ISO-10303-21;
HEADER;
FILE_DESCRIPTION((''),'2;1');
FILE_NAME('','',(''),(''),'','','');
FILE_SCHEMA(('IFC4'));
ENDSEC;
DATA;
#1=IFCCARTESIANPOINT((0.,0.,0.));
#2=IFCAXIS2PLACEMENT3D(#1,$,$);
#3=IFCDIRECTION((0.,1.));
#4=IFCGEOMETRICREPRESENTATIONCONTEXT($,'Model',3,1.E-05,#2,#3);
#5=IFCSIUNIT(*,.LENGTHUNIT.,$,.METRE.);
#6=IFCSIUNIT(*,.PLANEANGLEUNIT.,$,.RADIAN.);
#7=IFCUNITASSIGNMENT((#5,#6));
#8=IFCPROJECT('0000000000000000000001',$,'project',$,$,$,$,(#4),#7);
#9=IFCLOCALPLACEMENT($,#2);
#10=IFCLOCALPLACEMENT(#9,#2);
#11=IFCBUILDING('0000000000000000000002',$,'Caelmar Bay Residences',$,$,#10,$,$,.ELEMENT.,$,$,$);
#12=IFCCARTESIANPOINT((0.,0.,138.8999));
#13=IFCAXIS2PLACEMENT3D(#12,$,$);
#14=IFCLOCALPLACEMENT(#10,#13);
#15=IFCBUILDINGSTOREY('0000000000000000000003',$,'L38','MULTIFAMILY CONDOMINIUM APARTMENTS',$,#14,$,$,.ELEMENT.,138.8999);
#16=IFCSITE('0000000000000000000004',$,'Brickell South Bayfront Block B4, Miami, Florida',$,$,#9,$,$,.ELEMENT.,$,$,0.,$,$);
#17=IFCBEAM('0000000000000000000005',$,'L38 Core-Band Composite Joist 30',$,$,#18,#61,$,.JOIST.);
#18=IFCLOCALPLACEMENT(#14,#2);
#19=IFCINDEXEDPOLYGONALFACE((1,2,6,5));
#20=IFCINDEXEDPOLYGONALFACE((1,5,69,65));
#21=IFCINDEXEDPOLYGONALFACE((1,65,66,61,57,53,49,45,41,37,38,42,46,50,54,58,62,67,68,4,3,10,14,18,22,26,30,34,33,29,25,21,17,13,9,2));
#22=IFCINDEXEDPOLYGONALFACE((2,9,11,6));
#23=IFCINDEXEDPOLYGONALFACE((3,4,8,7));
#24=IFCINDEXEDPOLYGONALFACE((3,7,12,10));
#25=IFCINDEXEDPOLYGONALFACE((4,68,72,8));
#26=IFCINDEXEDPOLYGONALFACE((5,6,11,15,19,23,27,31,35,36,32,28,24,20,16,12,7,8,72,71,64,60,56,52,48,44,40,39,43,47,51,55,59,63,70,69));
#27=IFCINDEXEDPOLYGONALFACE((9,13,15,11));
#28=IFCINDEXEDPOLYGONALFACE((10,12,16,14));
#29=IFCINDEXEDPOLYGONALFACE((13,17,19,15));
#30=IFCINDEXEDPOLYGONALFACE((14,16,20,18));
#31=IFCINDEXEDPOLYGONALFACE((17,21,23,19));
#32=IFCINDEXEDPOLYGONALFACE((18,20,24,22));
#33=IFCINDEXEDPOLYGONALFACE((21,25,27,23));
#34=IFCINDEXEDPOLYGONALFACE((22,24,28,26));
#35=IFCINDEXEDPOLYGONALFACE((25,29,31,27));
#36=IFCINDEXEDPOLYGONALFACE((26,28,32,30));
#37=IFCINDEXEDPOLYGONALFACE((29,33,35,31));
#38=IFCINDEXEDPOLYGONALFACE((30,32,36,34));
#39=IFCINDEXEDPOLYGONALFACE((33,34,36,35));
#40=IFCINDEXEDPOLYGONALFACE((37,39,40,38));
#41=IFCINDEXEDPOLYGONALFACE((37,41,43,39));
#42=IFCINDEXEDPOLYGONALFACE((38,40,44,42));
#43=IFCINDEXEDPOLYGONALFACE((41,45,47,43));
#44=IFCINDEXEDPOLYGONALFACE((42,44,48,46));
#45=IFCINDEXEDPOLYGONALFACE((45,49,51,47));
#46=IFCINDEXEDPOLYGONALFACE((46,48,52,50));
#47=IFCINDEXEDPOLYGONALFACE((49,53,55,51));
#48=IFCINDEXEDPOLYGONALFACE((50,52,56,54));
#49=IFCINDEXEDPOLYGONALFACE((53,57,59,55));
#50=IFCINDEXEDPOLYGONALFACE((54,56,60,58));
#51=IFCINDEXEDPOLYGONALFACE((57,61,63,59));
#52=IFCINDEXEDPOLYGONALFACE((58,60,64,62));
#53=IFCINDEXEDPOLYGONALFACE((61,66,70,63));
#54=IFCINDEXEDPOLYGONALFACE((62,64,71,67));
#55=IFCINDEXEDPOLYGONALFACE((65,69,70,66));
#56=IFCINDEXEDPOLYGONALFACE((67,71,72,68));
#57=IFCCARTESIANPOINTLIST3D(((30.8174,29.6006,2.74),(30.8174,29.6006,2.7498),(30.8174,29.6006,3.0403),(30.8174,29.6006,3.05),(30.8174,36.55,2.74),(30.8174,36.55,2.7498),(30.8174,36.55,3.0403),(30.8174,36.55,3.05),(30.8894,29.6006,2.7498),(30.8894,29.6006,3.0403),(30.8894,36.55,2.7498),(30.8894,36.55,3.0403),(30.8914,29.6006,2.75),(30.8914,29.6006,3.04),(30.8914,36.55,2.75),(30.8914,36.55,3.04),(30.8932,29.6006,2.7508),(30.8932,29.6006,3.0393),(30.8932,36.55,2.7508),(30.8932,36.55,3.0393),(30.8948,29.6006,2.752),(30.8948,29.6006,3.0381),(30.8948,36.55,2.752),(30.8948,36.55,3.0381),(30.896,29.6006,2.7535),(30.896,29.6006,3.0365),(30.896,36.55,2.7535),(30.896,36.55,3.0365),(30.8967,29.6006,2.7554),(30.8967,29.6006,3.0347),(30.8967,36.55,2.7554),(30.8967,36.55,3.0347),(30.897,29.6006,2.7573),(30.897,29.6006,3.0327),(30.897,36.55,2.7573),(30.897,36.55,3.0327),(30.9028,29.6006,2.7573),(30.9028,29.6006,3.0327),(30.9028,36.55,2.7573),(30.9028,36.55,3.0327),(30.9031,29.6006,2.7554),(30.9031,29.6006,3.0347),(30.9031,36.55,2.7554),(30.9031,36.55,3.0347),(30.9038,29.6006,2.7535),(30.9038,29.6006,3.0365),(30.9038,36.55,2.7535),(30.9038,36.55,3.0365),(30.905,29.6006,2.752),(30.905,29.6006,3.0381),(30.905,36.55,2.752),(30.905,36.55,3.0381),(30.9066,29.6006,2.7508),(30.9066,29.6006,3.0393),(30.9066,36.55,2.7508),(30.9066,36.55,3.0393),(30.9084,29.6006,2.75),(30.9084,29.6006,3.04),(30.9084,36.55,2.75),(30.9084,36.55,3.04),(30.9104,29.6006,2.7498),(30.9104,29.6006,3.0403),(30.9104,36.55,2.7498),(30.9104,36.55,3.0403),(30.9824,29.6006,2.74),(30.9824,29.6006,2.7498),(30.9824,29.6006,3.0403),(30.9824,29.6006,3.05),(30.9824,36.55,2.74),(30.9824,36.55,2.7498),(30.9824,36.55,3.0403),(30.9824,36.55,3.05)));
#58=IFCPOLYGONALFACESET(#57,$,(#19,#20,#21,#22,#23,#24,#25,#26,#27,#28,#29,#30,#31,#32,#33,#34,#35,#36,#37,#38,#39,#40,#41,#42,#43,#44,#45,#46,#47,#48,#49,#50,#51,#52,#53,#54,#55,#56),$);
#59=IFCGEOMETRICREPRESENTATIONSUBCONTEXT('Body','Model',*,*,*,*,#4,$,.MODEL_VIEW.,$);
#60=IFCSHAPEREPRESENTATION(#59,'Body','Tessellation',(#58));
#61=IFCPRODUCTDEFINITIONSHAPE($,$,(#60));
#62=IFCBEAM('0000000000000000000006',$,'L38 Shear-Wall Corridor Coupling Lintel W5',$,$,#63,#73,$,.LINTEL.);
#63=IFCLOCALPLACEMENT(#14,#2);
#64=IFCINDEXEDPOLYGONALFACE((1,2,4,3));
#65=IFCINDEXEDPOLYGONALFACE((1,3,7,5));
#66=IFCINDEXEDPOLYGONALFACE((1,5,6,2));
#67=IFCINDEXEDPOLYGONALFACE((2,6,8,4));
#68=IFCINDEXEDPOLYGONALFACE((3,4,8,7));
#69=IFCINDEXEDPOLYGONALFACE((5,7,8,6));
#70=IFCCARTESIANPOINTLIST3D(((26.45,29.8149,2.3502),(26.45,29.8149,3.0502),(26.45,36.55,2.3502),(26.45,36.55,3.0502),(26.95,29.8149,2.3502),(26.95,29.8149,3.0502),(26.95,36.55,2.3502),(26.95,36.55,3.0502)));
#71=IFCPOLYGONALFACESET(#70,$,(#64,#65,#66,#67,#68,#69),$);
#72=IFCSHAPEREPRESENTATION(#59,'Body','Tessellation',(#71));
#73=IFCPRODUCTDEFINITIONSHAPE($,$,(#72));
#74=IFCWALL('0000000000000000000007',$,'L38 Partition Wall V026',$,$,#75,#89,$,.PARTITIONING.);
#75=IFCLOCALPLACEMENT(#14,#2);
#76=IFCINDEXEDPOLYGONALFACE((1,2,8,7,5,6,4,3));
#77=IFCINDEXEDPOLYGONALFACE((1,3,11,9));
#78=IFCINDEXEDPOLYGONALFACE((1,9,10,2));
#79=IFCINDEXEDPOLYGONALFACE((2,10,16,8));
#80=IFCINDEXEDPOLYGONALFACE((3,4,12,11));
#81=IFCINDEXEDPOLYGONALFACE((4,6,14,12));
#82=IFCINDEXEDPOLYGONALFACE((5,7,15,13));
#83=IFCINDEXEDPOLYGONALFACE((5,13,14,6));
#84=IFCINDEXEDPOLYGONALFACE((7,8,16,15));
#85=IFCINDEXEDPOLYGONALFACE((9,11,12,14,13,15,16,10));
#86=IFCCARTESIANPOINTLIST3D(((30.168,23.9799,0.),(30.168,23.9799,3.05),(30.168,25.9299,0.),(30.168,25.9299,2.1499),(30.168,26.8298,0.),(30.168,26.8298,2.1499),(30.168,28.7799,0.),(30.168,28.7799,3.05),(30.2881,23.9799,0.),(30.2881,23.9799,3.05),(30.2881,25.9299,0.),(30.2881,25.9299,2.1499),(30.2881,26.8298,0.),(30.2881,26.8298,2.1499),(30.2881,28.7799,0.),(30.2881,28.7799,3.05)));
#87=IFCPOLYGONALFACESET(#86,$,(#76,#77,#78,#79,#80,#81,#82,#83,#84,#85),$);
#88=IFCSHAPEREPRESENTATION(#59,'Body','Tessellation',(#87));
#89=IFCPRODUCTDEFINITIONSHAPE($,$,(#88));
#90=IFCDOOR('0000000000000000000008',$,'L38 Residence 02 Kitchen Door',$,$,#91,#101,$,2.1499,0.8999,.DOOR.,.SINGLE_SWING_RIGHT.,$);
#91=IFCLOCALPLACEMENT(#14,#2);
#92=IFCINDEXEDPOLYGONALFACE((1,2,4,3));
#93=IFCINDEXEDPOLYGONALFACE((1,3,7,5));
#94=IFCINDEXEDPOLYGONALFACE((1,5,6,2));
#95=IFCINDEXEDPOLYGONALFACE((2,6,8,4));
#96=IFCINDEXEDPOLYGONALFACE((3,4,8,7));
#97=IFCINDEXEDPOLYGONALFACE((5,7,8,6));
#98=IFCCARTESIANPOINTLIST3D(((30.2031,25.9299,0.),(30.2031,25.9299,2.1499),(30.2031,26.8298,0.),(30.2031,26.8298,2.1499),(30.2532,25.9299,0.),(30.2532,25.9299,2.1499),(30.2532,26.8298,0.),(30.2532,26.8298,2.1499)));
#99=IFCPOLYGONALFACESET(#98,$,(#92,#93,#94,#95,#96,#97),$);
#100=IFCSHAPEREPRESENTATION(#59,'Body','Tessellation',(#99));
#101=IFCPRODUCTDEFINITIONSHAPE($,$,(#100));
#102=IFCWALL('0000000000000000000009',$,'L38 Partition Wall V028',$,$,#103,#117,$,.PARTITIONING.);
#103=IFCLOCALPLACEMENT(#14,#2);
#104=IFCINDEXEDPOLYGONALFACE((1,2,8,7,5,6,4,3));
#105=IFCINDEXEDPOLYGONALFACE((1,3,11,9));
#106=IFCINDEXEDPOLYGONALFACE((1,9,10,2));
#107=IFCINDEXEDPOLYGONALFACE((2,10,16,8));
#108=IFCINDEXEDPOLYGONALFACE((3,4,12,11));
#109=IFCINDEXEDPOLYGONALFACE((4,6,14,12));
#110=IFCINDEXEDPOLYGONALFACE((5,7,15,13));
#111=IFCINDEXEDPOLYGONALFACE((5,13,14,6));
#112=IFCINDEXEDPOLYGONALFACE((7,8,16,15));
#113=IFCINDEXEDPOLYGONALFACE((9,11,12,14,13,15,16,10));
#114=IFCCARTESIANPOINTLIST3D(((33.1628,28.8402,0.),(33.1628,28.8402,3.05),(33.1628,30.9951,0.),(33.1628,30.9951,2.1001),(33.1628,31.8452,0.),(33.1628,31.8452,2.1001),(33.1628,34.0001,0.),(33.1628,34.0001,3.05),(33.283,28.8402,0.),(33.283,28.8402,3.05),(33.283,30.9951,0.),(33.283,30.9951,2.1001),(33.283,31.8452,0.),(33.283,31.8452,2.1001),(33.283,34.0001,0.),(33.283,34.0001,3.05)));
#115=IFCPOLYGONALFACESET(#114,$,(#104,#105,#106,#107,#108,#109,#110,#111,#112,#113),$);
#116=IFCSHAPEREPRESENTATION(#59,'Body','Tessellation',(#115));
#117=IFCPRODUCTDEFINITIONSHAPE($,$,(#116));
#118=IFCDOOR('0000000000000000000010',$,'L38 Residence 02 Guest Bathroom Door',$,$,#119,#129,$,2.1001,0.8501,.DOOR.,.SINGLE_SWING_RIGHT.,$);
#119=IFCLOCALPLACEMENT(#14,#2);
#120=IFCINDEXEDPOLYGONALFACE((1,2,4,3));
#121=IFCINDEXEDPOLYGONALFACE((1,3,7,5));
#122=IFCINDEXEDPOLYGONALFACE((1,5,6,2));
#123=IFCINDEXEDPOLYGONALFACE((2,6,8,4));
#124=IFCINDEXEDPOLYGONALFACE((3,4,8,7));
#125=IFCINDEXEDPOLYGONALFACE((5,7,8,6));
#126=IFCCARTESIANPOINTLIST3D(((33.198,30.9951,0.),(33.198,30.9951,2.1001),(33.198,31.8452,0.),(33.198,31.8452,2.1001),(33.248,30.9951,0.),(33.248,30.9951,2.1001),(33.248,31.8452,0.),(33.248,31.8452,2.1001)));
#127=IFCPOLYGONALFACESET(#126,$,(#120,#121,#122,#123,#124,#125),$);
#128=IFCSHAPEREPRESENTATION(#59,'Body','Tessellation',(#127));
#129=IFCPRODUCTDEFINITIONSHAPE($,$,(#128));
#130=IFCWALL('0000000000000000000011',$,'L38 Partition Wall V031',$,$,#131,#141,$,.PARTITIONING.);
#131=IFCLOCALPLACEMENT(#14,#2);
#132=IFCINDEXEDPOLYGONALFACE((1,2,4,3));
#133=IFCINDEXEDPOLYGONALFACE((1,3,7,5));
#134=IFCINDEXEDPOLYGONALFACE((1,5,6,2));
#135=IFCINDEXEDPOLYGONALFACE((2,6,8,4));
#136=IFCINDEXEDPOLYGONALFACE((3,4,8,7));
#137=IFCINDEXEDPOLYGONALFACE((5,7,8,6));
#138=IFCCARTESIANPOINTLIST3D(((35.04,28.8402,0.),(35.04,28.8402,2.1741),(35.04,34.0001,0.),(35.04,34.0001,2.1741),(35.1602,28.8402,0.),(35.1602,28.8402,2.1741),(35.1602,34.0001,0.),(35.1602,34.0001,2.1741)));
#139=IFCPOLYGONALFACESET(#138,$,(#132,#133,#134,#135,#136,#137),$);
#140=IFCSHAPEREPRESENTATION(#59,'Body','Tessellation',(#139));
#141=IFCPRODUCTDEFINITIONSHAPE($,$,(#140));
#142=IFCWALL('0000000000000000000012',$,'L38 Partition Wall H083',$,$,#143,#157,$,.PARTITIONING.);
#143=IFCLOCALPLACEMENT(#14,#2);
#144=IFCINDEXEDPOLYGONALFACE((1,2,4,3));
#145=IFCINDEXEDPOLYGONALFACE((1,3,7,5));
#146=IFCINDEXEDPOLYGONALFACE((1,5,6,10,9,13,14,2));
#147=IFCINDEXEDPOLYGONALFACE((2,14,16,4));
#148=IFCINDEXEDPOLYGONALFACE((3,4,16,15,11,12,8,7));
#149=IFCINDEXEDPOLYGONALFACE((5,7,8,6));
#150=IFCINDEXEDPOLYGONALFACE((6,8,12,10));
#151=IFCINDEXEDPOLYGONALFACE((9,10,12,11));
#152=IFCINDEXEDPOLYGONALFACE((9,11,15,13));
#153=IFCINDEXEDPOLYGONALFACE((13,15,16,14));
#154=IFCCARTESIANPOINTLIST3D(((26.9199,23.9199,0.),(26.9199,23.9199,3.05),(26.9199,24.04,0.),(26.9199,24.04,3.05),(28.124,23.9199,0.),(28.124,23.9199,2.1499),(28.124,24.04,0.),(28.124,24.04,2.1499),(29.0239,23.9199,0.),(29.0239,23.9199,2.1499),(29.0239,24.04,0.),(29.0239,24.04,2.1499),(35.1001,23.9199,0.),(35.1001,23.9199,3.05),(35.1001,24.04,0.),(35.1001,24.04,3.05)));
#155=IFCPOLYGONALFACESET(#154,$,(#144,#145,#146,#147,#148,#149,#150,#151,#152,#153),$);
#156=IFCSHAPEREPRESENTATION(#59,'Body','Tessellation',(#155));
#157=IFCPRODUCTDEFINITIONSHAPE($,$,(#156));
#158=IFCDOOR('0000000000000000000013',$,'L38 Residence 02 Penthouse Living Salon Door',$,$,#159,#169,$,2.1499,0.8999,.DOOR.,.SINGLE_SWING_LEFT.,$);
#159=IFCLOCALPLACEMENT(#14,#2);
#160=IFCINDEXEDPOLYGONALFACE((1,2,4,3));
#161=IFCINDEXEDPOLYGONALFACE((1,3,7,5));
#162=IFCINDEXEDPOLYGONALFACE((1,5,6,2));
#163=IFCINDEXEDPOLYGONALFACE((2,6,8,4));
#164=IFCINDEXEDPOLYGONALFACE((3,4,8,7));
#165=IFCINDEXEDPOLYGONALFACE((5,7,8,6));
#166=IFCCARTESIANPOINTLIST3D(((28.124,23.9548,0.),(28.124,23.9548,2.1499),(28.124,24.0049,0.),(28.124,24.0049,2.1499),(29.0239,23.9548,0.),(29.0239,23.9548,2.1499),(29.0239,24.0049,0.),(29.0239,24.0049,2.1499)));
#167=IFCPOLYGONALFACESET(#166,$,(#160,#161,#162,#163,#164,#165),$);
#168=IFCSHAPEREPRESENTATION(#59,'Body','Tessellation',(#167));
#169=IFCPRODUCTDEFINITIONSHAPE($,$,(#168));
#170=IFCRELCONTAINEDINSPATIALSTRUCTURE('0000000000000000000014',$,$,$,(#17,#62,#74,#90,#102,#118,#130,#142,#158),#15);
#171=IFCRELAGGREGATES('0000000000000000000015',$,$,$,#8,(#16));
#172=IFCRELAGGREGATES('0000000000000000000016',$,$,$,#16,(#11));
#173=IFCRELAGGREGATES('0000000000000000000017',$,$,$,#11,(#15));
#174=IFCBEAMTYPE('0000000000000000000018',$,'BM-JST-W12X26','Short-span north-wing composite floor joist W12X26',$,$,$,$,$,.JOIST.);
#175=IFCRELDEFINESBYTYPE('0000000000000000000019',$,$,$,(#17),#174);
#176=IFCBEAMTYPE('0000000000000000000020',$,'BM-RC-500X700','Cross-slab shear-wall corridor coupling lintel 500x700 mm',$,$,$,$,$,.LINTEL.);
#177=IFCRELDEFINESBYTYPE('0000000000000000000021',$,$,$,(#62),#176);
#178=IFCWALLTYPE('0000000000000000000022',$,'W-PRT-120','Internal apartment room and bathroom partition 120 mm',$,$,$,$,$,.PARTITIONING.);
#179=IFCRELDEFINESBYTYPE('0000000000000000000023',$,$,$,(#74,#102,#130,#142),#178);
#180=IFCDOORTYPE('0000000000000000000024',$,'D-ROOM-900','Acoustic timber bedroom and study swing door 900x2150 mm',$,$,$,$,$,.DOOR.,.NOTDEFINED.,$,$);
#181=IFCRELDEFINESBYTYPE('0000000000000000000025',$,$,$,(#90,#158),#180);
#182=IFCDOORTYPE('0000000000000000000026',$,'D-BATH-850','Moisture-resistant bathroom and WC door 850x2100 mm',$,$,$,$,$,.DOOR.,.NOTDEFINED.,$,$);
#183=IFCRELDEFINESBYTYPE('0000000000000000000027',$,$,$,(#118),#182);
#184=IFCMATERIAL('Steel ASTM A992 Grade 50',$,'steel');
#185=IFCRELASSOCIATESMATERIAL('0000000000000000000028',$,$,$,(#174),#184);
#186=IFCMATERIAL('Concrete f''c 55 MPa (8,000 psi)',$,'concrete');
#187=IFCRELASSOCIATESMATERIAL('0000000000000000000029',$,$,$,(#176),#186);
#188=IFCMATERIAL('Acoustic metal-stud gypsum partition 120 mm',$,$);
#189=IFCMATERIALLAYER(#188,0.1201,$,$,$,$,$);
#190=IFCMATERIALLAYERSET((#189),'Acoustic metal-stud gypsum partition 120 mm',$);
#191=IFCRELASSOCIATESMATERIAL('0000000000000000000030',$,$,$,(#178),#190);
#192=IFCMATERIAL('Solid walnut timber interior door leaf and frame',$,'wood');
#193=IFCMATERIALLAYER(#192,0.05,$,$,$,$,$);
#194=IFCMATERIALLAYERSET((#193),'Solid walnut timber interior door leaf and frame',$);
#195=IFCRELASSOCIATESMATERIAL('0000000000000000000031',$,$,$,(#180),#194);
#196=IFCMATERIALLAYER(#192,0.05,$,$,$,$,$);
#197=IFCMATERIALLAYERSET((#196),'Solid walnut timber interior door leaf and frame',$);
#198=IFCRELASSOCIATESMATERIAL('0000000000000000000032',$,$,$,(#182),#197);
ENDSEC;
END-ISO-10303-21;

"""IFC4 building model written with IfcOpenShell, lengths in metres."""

from ifc_helpers import new_model, si_unit, direction, frame, frame_2d, origin, origin_2d, place, context, subcontext, project, spatial, rectangle, i_section, extrude, material, layer, layer_set, material_profile, profile_set, type_object, element, fill, save


model = new_model("IFC4")

# Units and contexts
model_context = context("Model", 3, precision=1e-05, world=origin(), true_north=direction((0.0, 1.0)))
body_context = subcontext(model_context, "Body", "Model", "MODEL_VIEW")
ifc_project = project(units=[si_unit("LENGTHUNIT", "METRE"), si_unit("PLANEANGLEUNIT", "RADIAN")], contexts=[model_context])

# Site, building, storey
site_placement = place(None, origin())
site = spatial("IfcSite", under=ifc_project, at=site_placement, Name="Brickell South Bayfront Block B4, Miami, Florida", CompositionType="ELEMENT", RefElevation=0.0)
building_placement = place(site_placement, origin())
building = spatial("IfcBuilding", under=site, at=building_placement, Name="Caelmar Bay Residences", CompositionType="ELEMENT")
storey_placement = place(building_placement, frame((0.0, 0.0, 138.8999)))
storey = spatial("IfcBuildingStorey", under=building, at=storey_placement, Name="L38", Description="MULTIFAMILY CONDOMINIUM APARTMENTS", CompositionType="ELEMENT", Elevation=138.8999)

# Beams
ifc_material_1 = material(Name="Steel ASTM A992 Grade 50", Category="steel")
ifc_material_profile_1 = material_profile(ifc_material_1, i_section(OverallWidth=0.165, OverallDepth=0.3101, WebThickness=0.0059, FlangeThickness=0.0098, FilletRadius=0.0076, at=origin_2d()), Name="W12X26")
ifc_profile_set_1 = profile_set([ifc_material_profile_1], Name="Steel ASTM A992 Grade 50")
beam_type_1 = type_object("IfcBeamType", Name="BM-JST-W12X26", Description="Short-span north-wing composite floor joist W12X26", PredefinedType="JOIST", material=ifc_profile_set_1)
beam_1_placement = place(storey_placement, frame((30.8999, 29.6006, 2.895), z_axis=(0.0, 1.0, 0.0), x_axis=(-1.0, 0.0, 0.0)))
element("IfcBeam", 1, at=beam_1_placement, inside=storey, type_object=beam_type_1, Name="L38 Core-Band Composite Joist 30", PredefinedType="JOIST", context=body_context, shape_type="SweptSolid", body=[
    extrude(i_section(OverallWidth=0.165, OverallDepth=0.3101, WebThickness=0.0059, FlangeThickness=0.0098, FilletRadius=0.0076, at=origin_2d()), origin(), (0.0, 0.0, 1.0), 6.9495),
])
ifc_material_2 = material(Name="Concrete f'c 55 MPa (8,000 psi)", Category="concrete")
ifc_material_profile_2 = material_profile(ifc_material_2, rectangle(XDim=0.5, YDim=0.7, at=origin_2d()), Name="RC-BM-500X700")
ifc_profile_set_2 = profile_set([ifc_material_profile_2], Name="Concrete f'c 55 MPa (8,000 psi)")
beam_type_2 = type_object("IfcBeamType", Name="BM-RC-500X700", Description="Cross-slab shear-wall corridor coupling lintel 500x700 mm", PredefinedType="LINTEL", material=ifc_profile_set_2)
beam_2_placement = place(storey_placement, frame((26.7, 29.8149, 2.7002), z_axis=(0.0, 1.0, 0.0), x_axis=(-1.0, 0.0, 0.0)))
element("IfcBeam", 2, at=beam_2_placement, inside=storey, type_object=beam_type_2, Name="L38 Shear-Wall Corridor Coupling Lintel W5", PredefinedType="LINTEL", context=body_context, shape_type="SweptSolid", body=[
    extrude(rectangle(XDim=0.5, YDim=0.7, at=origin_2d()), origin(), (0.0, 0.0, 1.0), 6.7351),
])

# Walls, openings, doors
ifc_material_3 = material(Name="Acoustic metal-stud gypsum partition 120 mm")
ifc_layer_1 = layer(ifc_material_3, 0.1201)
ifc_layer_set_1 = layer_set([ifc_layer_1], Name="Acoustic metal-stud gypsum partition 120 mm")
wall_type_1 = type_object("IfcWallType", Name="W-PRT-120", Description="Internal apartment room and bathroom partition 120 mm", PredefinedType="PARTITIONING", material=ifc_layer_set_1)
wall_1_placement = place(storey_placement, frame((30.228, 23.98, 0.0), z_axis=(0.0, 0.0, 1.0), x_axis=(0.0, 1.0, 0.0)))
wall_1 = element("IfcWall", 3, at=wall_1_placement, inside=storey, type_object=wall_type_1, Name="L38 Partition Wall V026", PredefinedType="PARTITIONING", context=body_context, shape_type="SweptSolid", body=[
    extrude(rectangle(XDim=4.8, YDim=0.1201, at=frame_2d((2.3999, 0.0))), origin(), (0.0, 0.0, 1.0), 3.05),
])
opening_1_placement = place(wall_1_placement, frame((1.95, 0.0, 0.0)))
opening_1 = element("IfcOpeningElement", 4, at=opening_1_placement, cuts=wall_1, PredefinedType="OPENING", context=body_context, shape_type="SweptSolid", body=[
    extrude(rectangle(XDim=0.8999, YDim=2.1499, at=frame_2d((0.45, 1.075))), frame((0.0, 0.0701, 0.0), z_axis=(0.0, -1.0, 0.0), x_axis=(1.0, 0.0, 0.0)), (0.0, 0.0, 1.0), 0.1401),
])
ifc_material_4 = material(Name="Solid walnut timber interior door leaf and frame", Category="wood")
ifc_layer_2 = layer(ifc_material_4, 0.05)
ifc_layer_set_2 = layer_set([ifc_layer_2], Name="Solid walnut timber interior door leaf and frame")
door_type_1 = type_object("IfcDoorType", Name="D-ROOM-900", Description="Acoustic timber bedroom and study swing door 900x2150 mm", OperationType="NOTDEFINED", PredefinedType="DOOR", material=ifc_layer_set_2)
door_1_placement = place(opening_1_placement, origin())
door_1 = element("IfcDoor", 5, at=door_1_placement, inside=storey, type_object=door_type_1, Name="L38 Residence 02 Kitchen Door", OperationType="SINGLE_SWING_RIGHT", OverallHeight=2.1499, OverallWidth=0.8999, PredefinedType="DOOR", context=body_context, shape_type="SweptSolid", body=[
    extrude(rectangle(XDim=0.8999, YDim=2.1499, at=frame_2d((0.45, 1.075))), frame((0.0, 0.0249, 0.0), z_axis=(0.0, -1.0, 0.0), x_axis=(1.0, 0.0, 0.0)), (0.0, 0.0, 1.0), 0.05),
])
fill(opening_1, door_1)
wall_2_placement = place(storey_placement, frame((33.2229, 28.8401, 0.0), z_axis=(0.0, 0.0, 1.0), x_axis=(0.0, 1.0, 0.0)))
wall_2 = element("IfcWall", 6, at=wall_2_placement, inside=storey, type_object=wall_type_1, Name="L38 Partition Wall V028", PredefinedType="PARTITIONING", context=body_context, shape_type="SweptSolid", body=[
    extrude(rectangle(XDim=5.1599, YDim=0.1201, at=frame_2d((2.5801, 0.0))), origin(), (0.0, 0.0, 1.0), 3.05),
])
opening_2_placement = place(wall_2_placement, frame((2.155, 0.0, 0.0)))
opening_2 = element("IfcOpeningElement", 7, at=opening_2_placement, cuts=wall_2, PredefinedType="OPENING", context=body_context, shape_type="SweptSolid", body=[
    extrude(rectangle(XDim=0.8501, YDim=2.1001, at=frame_2d((0.425, 1.05))), frame((0.0, 0.0701, 0.0), z_axis=(0.0, -1.0, 0.0), x_axis=(1.0, 0.0, 0.0)), (0.0, 0.0, 1.0), 0.1401),
])
ifc_layer_3 = layer(ifc_material_4, 0.05)
ifc_layer_set_3 = layer_set([ifc_layer_3], Name="Solid walnut timber interior door leaf and frame")
door_type_2 = type_object("IfcDoorType", Name="D-BATH-850", Description="Moisture-resistant bathroom and WC door 850x2100 mm", OperationType="NOTDEFINED", PredefinedType="DOOR", material=ifc_layer_set_3)
door_2_placement = place(opening_2_placement, origin())
door_2 = element("IfcDoor", 8, at=door_2_placement, inside=storey, type_object=door_type_2, Name="L38 Residence 02 Guest Bathroom Door", OperationType="SINGLE_SWING_RIGHT", OverallHeight=2.1001, OverallWidth=0.8501, PredefinedType="DOOR", context=body_context, shape_type="SweptSolid", body=[
    extrude(rectangle(XDim=0.8501, YDim=2.1001, at=frame_2d((0.425, 1.05))), frame((0.0, 0.0249, 0.0), z_axis=(0.0, -1.0, 0.0), x_axis=(1.0, 0.0, 0.0)), (0.0, 0.0, 1.0), 0.05),
])
fill(opening_2, door_2)

# Wall
wall_3_placement = place(storey_placement, frame((35.1001, 28.8401, 0.0), z_axis=(0.0, 0.0, 1.0), x_axis=(0.0, 1.0, 0.0)))
element("IfcWall", 9, at=wall_3_placement, inside=storey, type_object=wall_type_1, Name="L38 Partition Wall V031", PredefinedType="PARTITIONING", context=body_context, shape_type="SweptSolid", body=[
    extrude(rectangle(XDim=5.1599, YDim=0.1201, at=frame_2d((2.5801, 0.0))), origin(), (0.0, 0.0, 1.0), 2.1741),
])

# Wall, opening, door
wall_4_placement = place(storey_placement, frame((26.9199, 23.98, 0.0), z_axis=(0.0, 0.0, 1.0), x_axis=(1.0, 0.0, 0.0)))
wall_4 = element("IfcWall", 10, at=wall_4_placement, inside=storey, type_object=wall_type_1, Name="L38 Partition Wall H083", PredefinedType="PARTITIONING", context=body_context, shape_type="SweptSolid", body=[
    extrude(rectangle(XDim=8.1802, YDim=0.1201, at=frame_2d((4.0901, 0.0))), origin(), (0.0, 0.0, 1.0), 3.05),
])
opening_3_placement = place(wall_4_placement, frame((1.2041, 0.0, 0.0)))
opening_3 = element("IfcOpeningElement", 11, at=opening_3_placement, cuts=wall_4, PredefinedType="OPENING", context=body_context, shape_type="SweptSolid", body=[
    extrude(rectangle(XDim=0.8999, YDim=2.1499, at=frame_2d((0.45, 1.075))), frame((0.0, 0.0701, 0.0), z_axis=(0.0, -1.0, 0.0), x_axis=(1.0, 0.0, 0.0)), (0.0, 0.0, 1.0), 0.1401),
])
door_3_placement = place(opening_3_placement, origin())
door_3 = element("IfcDoor", 12, at=door_3_placement, inside=storey, type_object=door_type_1, Name="L38 Residence 02 Penthouse Living Salon Door", OperationType="SINGLE_SWING_LEFT", OverallHeight=2.1499, OverallWidth=0.8999, PredefinedType="DOOR", context=body_context, shape_type="SweptSolid", body=[
    extrude(rectangle(XDim=0.8999, YDim=2.1499, at=frame_2d((0.45, 1.075))), frame((0.0, 0.0249, 0.0), z_axis=(0.0, -1.0, 0.0), x_axis=(1.0, 0.0, 0.0)), (0.0, 0.0, 1.0), 0.05),
])
fill(opening_3, door_3)

save(model, "model.ifc")
